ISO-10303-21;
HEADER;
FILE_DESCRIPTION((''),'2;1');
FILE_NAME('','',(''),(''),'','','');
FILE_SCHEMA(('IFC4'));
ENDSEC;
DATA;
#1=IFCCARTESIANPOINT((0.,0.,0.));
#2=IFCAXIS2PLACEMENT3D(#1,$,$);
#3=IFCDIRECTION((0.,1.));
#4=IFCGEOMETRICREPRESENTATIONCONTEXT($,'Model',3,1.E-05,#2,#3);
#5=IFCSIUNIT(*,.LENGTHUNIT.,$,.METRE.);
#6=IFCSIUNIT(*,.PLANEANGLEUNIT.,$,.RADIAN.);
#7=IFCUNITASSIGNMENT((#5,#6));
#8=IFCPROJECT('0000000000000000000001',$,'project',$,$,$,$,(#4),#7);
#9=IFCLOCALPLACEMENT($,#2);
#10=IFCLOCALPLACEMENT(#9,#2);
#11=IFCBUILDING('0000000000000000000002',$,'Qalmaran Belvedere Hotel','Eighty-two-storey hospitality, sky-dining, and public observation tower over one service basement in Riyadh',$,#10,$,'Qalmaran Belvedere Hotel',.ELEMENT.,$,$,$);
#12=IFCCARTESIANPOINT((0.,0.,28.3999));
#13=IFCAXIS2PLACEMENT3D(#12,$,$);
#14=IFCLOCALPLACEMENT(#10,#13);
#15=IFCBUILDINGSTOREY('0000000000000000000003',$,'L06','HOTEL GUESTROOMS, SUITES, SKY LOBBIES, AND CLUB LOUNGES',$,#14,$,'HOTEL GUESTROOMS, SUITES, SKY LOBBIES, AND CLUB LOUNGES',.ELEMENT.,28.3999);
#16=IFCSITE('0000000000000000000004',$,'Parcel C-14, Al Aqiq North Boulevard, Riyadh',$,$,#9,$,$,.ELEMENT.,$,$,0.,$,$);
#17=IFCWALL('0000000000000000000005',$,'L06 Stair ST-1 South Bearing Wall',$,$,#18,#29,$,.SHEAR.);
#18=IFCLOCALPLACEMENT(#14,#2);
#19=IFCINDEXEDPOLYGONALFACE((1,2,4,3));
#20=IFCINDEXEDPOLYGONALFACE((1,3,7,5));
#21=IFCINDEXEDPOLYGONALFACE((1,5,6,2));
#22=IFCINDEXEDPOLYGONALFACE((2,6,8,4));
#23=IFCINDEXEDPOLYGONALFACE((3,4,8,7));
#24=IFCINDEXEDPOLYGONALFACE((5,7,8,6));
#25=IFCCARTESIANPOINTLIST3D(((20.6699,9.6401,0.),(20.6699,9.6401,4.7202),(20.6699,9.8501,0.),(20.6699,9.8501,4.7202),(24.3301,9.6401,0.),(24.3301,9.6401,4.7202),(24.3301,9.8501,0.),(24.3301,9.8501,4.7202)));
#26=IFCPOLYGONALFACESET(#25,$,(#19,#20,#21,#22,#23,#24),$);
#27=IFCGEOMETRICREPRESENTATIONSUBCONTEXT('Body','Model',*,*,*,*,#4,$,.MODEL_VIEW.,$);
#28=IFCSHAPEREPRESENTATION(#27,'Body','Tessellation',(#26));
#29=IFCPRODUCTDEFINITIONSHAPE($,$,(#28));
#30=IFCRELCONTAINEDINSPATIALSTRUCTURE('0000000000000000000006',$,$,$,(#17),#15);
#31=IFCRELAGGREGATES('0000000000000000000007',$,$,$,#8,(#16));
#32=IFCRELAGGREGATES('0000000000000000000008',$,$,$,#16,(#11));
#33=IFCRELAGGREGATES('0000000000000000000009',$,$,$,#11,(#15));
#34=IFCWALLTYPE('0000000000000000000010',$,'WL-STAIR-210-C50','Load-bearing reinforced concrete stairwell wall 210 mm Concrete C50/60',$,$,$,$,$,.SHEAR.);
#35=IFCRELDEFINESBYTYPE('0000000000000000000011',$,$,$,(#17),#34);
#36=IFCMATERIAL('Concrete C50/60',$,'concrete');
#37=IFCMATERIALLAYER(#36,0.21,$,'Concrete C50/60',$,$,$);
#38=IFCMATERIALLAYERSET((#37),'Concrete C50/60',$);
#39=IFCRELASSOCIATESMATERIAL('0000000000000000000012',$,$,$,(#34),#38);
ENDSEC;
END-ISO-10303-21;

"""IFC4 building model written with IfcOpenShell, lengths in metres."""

from ifc_helpers import new_model, si_unit, direction, frame, frame_2d, origin, place, context, subcontext, project, spatial, rectangle, extrude, material, layer, layer_set, type_object, element, save


model = new_model("IFC4")

# Units and contexts
model_context = context("Model", 3, precision=1e-05, world=origin(), true_north=direction((0.0, 1.0)))
body_context = subcontext(model_context, "Body", "Model", "MODEL_VIEW")
ifc_project = project(units=[si_unit("LENGTHUNIT", "METRE"), si_unit("PLANEANGLEUNIT", "RADIAN")], contexts=[model_context])

# Site, building, storey
site_placement = place(None, origin())
site = spatial("IfcSite", under=ifc_project, at=site_placement, Name="Parcel C-14, Al Aqiq North Boulevard, Riyadh", CompositionType="ELEMENT", RefElevation=0.0)
building_placement = place(site_placement, origin())
building = spatial("IfcBuilding", under=site, at=building_placement, Name="Qalmaran Belvedere Hotel", Description="Eighty-two-storey hospitality, sky-dining, and public observation tower over one service basement in Riyadh", LongName="Qalmaran Belvedere Hotel", CompositionType="ELEMENT")
storey_placement = place(building_placement, frame((0.0, 0.0, 28.3999)))
storey = spatial("IfcBuildingStorey", under=building, at=storey_placement, Name="L06", Description="HOTEL GUESTROOMS, SUITES, SKY LOBBIES, AND CLUB LOUNGES", LongName="HOTEL GUESTROOMS, SUITES, SKY LOBBIES, AND CLUB LOUNGES", CompositionType="ELEMENT", Elevation=28.3999)

# Shared definitions
ifc_material_1 = material(Name="Concrete C50/60", Category="concrete")

# Wall
ifc_layer_1 = layer(ifc_material_1, 0.21, Name="Concrete C50/60")
ifc_layer_set_1 = layer_set([ifc_layer_1], Name="Concrete C50/60")
wall_type_1 = type_object("IfcWallType", Name="WL-STAIR-210-C50", Description="Load-bearing reinforced concrete stairwell wall 210 mm Concrete C50/60", PredefinedType="SHEAR", material=ifc_layer_set_1)
wall_1_placement = place(storey_placement, frame((20.6699, 9.7451, 0.0), z_axis=(0.0, 0.0, 1.0), x_axis=(1.0, 0.0, 0.0)))
element("IfcWall", 1, at=wall_1_placement, inside=storey, type_object=wall_type_1, Name="L06 Stair ST-1 South Bearing Wall", PredefinedType="SHEAR", context=body_context, shape_type="SweptSolid", body=[
    extrude(rectangle(XDim=3.6602, YDim=0.21, at=frame_2d((1.8301, 0.0))), origin(), (0.0, 0.0, 1.0), 4.7202),
])

save(model, "model.ifc")
